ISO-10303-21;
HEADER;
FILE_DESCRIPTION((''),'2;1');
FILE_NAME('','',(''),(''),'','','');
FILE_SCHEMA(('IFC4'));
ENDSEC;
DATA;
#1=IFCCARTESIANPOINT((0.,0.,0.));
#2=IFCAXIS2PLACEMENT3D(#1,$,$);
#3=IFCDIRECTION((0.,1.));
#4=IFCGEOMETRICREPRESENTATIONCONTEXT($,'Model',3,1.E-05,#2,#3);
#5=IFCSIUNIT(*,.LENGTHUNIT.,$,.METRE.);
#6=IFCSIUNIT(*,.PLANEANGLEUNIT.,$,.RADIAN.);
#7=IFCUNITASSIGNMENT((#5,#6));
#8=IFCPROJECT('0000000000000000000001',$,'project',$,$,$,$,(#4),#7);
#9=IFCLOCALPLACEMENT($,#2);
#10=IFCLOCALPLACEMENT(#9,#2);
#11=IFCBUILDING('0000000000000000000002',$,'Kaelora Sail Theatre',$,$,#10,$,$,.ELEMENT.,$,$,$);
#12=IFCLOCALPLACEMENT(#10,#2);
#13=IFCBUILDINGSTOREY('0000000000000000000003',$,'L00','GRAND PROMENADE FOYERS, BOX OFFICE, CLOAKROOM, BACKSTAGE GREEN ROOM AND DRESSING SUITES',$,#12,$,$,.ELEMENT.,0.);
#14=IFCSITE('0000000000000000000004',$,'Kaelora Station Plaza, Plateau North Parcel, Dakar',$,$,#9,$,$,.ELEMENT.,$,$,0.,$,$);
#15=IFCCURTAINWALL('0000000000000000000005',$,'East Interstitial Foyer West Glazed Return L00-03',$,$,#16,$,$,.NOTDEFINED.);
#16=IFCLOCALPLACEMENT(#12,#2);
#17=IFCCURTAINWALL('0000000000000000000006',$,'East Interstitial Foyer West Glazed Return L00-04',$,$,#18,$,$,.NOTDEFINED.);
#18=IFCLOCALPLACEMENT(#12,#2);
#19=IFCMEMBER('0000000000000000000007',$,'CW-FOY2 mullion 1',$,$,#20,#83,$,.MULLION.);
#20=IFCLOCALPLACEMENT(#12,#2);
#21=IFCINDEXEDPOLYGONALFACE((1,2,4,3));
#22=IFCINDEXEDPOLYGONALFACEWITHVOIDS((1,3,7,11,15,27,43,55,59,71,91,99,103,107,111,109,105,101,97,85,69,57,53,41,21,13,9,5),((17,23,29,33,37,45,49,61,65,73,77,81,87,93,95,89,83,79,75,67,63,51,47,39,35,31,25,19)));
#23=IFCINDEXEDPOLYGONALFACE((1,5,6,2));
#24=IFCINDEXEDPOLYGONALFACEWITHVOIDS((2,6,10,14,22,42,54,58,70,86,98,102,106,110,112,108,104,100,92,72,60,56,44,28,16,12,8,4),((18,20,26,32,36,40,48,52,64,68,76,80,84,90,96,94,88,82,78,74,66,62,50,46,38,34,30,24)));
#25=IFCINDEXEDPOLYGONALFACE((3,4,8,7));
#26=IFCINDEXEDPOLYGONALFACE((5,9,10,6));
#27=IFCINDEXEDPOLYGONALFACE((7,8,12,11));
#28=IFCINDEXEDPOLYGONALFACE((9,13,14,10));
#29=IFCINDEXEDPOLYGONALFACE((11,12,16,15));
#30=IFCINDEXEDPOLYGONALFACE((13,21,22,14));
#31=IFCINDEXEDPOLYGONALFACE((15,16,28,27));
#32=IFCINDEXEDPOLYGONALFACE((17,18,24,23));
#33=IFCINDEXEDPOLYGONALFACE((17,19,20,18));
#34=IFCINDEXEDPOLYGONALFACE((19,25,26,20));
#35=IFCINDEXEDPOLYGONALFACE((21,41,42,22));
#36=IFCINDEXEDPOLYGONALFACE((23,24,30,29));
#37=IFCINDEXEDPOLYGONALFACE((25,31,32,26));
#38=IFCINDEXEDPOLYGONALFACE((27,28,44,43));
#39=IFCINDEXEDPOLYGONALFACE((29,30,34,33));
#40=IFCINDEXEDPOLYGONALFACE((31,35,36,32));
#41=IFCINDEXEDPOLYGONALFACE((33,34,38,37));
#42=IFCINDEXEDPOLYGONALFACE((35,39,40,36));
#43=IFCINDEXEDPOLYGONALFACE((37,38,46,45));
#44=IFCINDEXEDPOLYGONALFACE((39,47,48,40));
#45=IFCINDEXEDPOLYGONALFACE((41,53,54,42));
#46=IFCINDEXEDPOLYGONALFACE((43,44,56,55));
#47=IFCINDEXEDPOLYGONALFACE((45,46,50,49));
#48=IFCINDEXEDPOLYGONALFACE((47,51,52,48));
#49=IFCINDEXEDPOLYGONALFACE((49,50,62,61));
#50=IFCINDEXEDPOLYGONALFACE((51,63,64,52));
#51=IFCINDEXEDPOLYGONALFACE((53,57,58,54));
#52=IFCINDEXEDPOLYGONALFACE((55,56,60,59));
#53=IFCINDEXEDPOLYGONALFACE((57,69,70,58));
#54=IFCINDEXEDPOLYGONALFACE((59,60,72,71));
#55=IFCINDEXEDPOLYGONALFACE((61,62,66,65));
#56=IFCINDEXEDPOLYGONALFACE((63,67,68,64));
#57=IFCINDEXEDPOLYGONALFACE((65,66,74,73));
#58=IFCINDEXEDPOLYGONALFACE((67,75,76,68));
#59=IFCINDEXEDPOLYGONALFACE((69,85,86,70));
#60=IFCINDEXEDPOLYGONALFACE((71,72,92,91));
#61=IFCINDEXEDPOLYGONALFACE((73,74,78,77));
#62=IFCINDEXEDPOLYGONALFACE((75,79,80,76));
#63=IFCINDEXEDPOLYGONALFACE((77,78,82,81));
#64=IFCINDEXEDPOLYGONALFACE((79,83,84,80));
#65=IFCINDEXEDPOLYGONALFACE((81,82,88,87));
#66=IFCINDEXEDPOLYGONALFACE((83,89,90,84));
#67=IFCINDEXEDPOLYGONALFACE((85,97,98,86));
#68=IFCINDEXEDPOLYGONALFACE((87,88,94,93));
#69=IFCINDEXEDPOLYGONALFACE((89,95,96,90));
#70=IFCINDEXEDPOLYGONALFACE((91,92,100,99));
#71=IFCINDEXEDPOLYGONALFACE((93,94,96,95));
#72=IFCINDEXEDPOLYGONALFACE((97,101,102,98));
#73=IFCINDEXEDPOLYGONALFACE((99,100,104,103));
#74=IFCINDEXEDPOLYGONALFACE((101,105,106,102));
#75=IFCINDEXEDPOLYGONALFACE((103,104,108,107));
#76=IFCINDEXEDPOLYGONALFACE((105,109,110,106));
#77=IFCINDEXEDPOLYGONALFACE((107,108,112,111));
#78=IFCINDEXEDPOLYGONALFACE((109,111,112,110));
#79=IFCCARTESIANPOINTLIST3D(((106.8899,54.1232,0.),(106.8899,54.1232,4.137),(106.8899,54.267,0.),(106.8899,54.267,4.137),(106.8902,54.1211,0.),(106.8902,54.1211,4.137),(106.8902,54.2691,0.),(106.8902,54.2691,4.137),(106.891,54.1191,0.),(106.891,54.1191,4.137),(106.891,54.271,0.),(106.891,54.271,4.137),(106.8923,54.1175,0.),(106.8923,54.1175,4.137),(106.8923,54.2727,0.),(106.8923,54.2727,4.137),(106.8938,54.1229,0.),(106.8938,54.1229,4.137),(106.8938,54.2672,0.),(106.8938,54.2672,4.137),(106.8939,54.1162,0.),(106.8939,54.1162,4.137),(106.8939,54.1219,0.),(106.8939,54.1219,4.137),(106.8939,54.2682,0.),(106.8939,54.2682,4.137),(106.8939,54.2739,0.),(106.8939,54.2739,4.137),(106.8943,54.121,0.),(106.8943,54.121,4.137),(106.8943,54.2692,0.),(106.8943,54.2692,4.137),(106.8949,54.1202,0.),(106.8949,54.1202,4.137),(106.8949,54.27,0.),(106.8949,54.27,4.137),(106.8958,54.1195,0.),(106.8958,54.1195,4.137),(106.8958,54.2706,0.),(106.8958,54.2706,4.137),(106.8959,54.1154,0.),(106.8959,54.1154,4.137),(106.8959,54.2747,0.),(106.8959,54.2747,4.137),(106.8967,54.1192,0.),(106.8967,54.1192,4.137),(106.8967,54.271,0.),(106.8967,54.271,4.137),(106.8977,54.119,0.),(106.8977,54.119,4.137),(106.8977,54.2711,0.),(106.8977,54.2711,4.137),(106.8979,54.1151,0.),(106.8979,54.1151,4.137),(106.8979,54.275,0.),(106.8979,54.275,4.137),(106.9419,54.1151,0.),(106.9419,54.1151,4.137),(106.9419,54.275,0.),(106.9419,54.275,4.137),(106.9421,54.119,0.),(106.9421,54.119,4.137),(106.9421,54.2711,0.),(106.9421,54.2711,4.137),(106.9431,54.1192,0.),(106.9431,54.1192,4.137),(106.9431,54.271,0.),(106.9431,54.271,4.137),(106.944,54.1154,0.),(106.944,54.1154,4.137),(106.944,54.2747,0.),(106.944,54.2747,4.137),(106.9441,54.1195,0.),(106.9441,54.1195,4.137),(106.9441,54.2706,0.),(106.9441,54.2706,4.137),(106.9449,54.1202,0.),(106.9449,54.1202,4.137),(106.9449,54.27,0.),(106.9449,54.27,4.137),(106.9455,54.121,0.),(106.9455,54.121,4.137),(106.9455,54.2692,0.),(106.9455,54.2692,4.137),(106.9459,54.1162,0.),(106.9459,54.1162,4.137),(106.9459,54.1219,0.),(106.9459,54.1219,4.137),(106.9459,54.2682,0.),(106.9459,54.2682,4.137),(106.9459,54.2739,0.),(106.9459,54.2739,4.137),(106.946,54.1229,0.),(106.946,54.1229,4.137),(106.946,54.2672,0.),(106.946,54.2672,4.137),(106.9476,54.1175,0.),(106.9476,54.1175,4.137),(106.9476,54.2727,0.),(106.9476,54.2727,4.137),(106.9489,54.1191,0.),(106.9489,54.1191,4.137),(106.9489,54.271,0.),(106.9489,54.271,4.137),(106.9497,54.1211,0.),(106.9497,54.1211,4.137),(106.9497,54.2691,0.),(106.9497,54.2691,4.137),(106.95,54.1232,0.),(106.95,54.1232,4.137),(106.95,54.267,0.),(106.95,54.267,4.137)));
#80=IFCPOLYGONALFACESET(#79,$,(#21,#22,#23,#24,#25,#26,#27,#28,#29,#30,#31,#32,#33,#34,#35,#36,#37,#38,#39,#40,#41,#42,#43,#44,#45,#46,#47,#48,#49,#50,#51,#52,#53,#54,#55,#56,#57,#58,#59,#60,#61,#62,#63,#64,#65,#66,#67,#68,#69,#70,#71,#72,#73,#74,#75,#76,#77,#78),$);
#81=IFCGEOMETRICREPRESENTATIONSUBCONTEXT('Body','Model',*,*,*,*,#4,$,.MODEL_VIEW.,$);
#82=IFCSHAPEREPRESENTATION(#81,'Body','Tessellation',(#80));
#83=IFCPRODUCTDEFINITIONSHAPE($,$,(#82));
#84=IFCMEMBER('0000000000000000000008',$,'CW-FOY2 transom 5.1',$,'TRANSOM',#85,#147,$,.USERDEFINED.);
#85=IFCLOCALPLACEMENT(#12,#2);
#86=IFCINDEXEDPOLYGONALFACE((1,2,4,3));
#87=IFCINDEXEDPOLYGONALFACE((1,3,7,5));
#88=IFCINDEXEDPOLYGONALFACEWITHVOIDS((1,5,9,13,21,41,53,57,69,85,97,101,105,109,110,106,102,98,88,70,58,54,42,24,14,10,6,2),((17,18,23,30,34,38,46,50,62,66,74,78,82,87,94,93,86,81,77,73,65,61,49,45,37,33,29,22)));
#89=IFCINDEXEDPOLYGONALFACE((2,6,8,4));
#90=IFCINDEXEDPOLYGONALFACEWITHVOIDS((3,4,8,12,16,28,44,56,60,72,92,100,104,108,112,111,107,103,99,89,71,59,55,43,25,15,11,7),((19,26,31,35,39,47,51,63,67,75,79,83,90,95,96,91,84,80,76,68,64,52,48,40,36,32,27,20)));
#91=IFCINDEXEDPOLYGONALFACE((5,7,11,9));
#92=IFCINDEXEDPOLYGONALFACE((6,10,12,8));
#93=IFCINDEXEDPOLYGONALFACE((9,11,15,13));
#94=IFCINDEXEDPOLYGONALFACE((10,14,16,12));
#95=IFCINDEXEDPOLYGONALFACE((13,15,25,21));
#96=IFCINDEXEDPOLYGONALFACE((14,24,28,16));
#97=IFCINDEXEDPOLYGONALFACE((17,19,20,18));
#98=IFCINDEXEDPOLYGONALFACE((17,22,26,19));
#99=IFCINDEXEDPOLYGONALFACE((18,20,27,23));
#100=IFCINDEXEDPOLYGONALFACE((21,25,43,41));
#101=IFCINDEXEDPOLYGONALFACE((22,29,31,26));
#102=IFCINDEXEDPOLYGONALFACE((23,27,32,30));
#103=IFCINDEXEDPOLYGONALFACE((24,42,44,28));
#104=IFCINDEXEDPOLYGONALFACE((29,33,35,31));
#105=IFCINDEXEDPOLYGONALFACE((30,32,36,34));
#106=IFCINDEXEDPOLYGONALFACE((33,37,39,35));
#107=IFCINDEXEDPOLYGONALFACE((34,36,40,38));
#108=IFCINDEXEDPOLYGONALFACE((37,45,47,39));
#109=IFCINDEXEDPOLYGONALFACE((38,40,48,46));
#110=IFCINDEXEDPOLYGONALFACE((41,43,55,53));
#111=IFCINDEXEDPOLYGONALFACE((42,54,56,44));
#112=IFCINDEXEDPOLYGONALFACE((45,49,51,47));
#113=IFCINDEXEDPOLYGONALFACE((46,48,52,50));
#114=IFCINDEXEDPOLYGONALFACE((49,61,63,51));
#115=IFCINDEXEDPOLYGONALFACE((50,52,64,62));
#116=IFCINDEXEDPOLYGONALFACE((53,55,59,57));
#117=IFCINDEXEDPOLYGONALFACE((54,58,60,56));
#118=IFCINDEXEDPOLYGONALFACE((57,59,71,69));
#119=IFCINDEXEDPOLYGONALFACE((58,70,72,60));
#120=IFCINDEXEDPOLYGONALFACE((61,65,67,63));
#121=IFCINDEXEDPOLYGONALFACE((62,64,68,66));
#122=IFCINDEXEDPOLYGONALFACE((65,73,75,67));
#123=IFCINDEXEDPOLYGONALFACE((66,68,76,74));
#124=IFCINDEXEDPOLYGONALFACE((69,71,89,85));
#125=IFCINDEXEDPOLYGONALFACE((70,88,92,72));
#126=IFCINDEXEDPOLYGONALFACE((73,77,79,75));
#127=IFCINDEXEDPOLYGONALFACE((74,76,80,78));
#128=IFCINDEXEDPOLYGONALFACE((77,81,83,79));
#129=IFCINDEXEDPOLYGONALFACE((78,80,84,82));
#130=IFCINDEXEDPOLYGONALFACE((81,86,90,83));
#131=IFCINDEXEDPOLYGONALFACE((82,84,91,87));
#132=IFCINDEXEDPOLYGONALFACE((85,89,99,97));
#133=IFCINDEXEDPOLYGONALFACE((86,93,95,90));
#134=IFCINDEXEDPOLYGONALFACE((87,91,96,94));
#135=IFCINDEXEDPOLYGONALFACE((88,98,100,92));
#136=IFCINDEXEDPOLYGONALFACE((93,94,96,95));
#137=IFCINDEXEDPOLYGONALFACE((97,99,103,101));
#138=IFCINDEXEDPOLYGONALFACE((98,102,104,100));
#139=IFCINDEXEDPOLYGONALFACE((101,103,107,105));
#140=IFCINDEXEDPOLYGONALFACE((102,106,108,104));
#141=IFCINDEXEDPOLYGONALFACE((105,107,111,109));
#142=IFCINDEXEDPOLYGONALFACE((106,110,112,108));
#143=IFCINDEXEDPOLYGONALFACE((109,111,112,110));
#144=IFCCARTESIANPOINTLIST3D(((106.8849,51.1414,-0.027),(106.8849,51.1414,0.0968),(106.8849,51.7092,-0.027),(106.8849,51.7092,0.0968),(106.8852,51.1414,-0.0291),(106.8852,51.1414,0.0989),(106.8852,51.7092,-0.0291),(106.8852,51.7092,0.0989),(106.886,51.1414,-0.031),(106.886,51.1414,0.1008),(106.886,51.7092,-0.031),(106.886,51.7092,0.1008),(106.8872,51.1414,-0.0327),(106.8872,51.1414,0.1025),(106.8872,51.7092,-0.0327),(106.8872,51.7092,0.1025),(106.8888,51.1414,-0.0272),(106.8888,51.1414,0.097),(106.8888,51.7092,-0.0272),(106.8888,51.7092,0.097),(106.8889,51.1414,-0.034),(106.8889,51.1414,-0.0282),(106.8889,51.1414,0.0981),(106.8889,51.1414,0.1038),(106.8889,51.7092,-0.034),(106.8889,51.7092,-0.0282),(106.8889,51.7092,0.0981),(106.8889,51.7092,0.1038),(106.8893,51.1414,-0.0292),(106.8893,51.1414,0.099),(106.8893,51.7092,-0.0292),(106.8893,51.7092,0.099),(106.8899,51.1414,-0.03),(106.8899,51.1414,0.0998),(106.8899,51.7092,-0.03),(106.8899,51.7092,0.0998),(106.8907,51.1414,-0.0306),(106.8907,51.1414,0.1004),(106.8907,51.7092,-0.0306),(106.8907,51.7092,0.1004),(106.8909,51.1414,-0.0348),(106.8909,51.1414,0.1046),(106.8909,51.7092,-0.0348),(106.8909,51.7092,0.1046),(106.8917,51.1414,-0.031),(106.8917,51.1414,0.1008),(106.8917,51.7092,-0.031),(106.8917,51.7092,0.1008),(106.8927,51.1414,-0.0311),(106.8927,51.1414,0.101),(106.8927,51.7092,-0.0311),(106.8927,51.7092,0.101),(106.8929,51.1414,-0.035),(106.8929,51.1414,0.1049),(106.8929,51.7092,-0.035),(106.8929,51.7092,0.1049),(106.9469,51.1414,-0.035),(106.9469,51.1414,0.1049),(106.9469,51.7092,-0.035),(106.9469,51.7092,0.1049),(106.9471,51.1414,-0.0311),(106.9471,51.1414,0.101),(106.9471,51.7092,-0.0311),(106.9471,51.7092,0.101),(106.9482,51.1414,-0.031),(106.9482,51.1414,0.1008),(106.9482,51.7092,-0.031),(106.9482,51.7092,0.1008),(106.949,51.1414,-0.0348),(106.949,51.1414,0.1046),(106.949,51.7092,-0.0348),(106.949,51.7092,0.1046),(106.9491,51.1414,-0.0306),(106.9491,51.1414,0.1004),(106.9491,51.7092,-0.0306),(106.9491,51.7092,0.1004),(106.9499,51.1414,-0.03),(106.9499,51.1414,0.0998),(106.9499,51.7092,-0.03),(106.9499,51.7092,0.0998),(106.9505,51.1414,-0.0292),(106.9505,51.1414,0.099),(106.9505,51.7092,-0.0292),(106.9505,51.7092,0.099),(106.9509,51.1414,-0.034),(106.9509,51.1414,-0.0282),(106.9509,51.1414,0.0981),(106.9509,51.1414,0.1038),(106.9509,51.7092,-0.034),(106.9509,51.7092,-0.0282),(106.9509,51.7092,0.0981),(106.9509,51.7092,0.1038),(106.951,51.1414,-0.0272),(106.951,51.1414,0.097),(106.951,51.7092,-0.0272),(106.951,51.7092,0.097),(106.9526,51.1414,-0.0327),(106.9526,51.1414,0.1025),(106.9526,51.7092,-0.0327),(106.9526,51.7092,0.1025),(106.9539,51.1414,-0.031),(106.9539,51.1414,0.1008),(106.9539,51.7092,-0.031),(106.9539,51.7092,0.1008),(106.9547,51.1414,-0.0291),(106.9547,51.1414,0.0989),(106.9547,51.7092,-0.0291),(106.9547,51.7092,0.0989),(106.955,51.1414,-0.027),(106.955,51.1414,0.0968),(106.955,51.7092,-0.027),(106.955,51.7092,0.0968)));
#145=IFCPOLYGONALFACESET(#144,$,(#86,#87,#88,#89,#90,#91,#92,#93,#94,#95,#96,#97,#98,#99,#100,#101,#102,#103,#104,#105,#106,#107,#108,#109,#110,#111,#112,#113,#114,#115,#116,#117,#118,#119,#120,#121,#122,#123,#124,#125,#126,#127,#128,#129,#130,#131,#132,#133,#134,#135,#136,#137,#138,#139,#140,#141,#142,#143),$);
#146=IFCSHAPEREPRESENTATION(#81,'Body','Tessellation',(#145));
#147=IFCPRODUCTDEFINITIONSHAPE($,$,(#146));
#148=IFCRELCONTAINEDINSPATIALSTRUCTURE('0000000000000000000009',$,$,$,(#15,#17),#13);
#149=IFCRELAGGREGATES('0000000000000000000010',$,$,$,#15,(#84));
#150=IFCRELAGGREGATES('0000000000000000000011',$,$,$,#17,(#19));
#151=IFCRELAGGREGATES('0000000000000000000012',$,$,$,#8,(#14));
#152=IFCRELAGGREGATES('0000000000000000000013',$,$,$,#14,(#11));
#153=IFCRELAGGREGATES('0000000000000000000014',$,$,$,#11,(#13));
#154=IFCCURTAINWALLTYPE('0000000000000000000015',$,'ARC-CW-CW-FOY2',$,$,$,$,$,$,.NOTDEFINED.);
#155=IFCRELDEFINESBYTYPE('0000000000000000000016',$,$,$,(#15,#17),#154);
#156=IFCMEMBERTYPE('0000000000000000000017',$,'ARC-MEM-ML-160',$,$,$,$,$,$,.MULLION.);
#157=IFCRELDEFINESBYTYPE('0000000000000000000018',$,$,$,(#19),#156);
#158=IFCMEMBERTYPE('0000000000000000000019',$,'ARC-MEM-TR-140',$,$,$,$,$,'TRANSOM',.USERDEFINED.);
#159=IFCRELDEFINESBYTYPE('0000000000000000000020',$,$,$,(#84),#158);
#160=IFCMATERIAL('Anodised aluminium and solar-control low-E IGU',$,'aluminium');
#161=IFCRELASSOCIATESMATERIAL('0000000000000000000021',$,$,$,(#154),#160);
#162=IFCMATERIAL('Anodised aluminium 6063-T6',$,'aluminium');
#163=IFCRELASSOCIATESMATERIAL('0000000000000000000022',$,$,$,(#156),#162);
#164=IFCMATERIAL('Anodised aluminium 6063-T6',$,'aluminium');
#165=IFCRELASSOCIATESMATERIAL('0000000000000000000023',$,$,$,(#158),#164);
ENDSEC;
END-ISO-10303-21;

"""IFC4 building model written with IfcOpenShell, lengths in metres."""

from ifc_helpers import new_model, si_unit, direction, frame, origin, origin_2d, place, context, subcontext, project, spatial, hollow_rectangle, extrude, material, material_profile, profile_set, type_object, element, aggregate, save


model = new_model("IFC4")

# Units and contexts
model_context = context("Model", 3, precision=1e-05, world=origin(), true_north=direction((0.0, 1.0)))
body_context = subcontext(model_context, "Body", "Model", "MODEL_VIEW")
ifc_project = project(units=[si_unit("LENGTHUNIT", "METRE"), si_unit("PLANEANGLEUNIT", "RADIAN")], contexts=[model_context])

# Site, building, storey
site_placement = place(None, origin())
site = spatial("IfcSite", under=ifc_project, at=site_placement, Name="Kaelora Station Plaza, Plateau North Parcel, Dakar", CompositionType="ELEMENT", RefElevation=0.0)
building_placement = place(site_placement, origin())
building = spatial("IfcBuilding", under=site, at=building_placement, Name="Kaelora Sail Theatre", CompositionType="ELEMENT")
storey_placement = place(building_placement, origin())
storey = spatial("IfcBuildingStorey", under=building, at=storey_placement, Name="L00", Description="GRAND PROMENADE FOYERS, BOX OFFICE, CLOAKROOM, BACKSTAGE GREEN ROOM AND DRESSING SUITES", CompositionType="ELEMENT", Elevation=0.0)

# Curtain wall
ifc_material_1 = material(Name="Anodised aluminium and solar-control low-E IGU", Category="aluminium")
curtain_wall_type = type_object("IfcCurtainWallType", Name="ARC-CW-CW-FOY2", PredefinedType="NOTDEFINED", material=ifc_material_1)
curtain_wall_1_placement = place(storey_placement, origin())
curtain_wall_1 = element("IfcCurtainWall", 1, at=curtain_wall_1_placement, inside=storey, type_object=curtain_wall_type, Name="East Interstitial Foyer West Glazed Return L00-03", PredefinedType="NOTDEFINED")
ifc_material_2 = material(Name="Anodised aluminium 6063-T6", Category="aluminium")
ifc_material_profile_1 = material_profile(ifc_material_2, hollow_rectangle(XDim=0.0601, YDim=0.1599, WallThickness=0.0039, InnerFilletRadius=0.0039, OuterFilletRadius=0.0081, at=origin_2d()), Name="ALU-MULL 60x160x4")
ifc_profile_set_1 = profile_set([ifc_material_profile_1], Name="Anodised aluminium 6063-T6")
member_type_1 = type_object("IfcMemberType", Name="ARC-MEM-ML-160", PredefinedType="MULLION", material=ifc_profile_set_1)

# Curtain wall, member
curtain_wall_2_placement = place(storey_placement, origin())
curtain_wall_2 = element("IfcCurtainWall", 2, at=curtain_wall_2_placement, inside=storey, type_object=curtain_wall_type, Name="East Interstitial Foyer West Glazed Return L00-04", PredefinedType="NOTDEFINED")
member_1_placement = place(storey_placement, frame((106.9199, 54.1951, 0.0), z_axis=(0.0, 0.0, 1.0), x_axis=(-1.0, 0.0, 0.0)))
member_1 = element("IfcMember", 3, at=member_1_placement, type_object=member_type_1, Name="CW-FOY2 mullion 1", PredefinedType="MULLION", context=body_context, shape_type="SweptSolid", body=[
    extrude(hollow_rectangle(XDim=0.0601, YDim=0.1599, WallThickness=0.0039, InnerFilletRadius=0.0039, OuterFilletRadius=0.0081, at=origin_2d()), origin(), (0.0, 0.0, 1.0), 4.137),
])

# Member
ifc_material_3 = material(Name="Anodised aluminium 6063-T6", Category="aluminium")
ifc_material_profile_2 = material_profile(ifc_material_3, hollow_rectangle(XDim=0.0701, YDim=0.1399, WallThickness=0.0039, InnerFilletRadius=0.0039, OuterFilletRadius=0.0081, at=origin_2d()), Name="ALU-TRAN 70x140x4")
ifc_profile_set_2 = profile_set([ifc_material_profile_2], Name="Anodised aluminium 6063-T6")
member_type_2 = type_object("IfcMemberType", Name="ARC-MEM-TR-140", ElementType="TRANSOM", PredefinedType="USERDEFINED", material=ifc_profile_set_2)
member_2_placement = place(storey_placement, frame((106.9199, 51.1414, 0.0349), z_axis=(0.0, 1.0, 0.0), x_axis=(-1.0, 0.0, 0.0)))
member_2 = element("IfcMember", 4, at=member_2_placement, type_object=member_type_2, Name="CW-FOY2 transom 5.1", ObjectType="TRANSOM", PredefinedType="USERDEFINED", context=body_context, shape_type="SweptSolid", body=[
    extrude(hollow_rectangle(XDim=0.0701, YDim=0.1399, WallThickness=0.0039, InnerFilletRadius=0.0039, OuterFilletRadius=0.0081, at=origin_2d()), origin(), (0.0, 0.0, 1.0), 0.5679),
])

aggregate(curtain_wall_1, [member_2])
aggregate(curtain_wall_2, [member_1])

save(model, "model.ifc")
